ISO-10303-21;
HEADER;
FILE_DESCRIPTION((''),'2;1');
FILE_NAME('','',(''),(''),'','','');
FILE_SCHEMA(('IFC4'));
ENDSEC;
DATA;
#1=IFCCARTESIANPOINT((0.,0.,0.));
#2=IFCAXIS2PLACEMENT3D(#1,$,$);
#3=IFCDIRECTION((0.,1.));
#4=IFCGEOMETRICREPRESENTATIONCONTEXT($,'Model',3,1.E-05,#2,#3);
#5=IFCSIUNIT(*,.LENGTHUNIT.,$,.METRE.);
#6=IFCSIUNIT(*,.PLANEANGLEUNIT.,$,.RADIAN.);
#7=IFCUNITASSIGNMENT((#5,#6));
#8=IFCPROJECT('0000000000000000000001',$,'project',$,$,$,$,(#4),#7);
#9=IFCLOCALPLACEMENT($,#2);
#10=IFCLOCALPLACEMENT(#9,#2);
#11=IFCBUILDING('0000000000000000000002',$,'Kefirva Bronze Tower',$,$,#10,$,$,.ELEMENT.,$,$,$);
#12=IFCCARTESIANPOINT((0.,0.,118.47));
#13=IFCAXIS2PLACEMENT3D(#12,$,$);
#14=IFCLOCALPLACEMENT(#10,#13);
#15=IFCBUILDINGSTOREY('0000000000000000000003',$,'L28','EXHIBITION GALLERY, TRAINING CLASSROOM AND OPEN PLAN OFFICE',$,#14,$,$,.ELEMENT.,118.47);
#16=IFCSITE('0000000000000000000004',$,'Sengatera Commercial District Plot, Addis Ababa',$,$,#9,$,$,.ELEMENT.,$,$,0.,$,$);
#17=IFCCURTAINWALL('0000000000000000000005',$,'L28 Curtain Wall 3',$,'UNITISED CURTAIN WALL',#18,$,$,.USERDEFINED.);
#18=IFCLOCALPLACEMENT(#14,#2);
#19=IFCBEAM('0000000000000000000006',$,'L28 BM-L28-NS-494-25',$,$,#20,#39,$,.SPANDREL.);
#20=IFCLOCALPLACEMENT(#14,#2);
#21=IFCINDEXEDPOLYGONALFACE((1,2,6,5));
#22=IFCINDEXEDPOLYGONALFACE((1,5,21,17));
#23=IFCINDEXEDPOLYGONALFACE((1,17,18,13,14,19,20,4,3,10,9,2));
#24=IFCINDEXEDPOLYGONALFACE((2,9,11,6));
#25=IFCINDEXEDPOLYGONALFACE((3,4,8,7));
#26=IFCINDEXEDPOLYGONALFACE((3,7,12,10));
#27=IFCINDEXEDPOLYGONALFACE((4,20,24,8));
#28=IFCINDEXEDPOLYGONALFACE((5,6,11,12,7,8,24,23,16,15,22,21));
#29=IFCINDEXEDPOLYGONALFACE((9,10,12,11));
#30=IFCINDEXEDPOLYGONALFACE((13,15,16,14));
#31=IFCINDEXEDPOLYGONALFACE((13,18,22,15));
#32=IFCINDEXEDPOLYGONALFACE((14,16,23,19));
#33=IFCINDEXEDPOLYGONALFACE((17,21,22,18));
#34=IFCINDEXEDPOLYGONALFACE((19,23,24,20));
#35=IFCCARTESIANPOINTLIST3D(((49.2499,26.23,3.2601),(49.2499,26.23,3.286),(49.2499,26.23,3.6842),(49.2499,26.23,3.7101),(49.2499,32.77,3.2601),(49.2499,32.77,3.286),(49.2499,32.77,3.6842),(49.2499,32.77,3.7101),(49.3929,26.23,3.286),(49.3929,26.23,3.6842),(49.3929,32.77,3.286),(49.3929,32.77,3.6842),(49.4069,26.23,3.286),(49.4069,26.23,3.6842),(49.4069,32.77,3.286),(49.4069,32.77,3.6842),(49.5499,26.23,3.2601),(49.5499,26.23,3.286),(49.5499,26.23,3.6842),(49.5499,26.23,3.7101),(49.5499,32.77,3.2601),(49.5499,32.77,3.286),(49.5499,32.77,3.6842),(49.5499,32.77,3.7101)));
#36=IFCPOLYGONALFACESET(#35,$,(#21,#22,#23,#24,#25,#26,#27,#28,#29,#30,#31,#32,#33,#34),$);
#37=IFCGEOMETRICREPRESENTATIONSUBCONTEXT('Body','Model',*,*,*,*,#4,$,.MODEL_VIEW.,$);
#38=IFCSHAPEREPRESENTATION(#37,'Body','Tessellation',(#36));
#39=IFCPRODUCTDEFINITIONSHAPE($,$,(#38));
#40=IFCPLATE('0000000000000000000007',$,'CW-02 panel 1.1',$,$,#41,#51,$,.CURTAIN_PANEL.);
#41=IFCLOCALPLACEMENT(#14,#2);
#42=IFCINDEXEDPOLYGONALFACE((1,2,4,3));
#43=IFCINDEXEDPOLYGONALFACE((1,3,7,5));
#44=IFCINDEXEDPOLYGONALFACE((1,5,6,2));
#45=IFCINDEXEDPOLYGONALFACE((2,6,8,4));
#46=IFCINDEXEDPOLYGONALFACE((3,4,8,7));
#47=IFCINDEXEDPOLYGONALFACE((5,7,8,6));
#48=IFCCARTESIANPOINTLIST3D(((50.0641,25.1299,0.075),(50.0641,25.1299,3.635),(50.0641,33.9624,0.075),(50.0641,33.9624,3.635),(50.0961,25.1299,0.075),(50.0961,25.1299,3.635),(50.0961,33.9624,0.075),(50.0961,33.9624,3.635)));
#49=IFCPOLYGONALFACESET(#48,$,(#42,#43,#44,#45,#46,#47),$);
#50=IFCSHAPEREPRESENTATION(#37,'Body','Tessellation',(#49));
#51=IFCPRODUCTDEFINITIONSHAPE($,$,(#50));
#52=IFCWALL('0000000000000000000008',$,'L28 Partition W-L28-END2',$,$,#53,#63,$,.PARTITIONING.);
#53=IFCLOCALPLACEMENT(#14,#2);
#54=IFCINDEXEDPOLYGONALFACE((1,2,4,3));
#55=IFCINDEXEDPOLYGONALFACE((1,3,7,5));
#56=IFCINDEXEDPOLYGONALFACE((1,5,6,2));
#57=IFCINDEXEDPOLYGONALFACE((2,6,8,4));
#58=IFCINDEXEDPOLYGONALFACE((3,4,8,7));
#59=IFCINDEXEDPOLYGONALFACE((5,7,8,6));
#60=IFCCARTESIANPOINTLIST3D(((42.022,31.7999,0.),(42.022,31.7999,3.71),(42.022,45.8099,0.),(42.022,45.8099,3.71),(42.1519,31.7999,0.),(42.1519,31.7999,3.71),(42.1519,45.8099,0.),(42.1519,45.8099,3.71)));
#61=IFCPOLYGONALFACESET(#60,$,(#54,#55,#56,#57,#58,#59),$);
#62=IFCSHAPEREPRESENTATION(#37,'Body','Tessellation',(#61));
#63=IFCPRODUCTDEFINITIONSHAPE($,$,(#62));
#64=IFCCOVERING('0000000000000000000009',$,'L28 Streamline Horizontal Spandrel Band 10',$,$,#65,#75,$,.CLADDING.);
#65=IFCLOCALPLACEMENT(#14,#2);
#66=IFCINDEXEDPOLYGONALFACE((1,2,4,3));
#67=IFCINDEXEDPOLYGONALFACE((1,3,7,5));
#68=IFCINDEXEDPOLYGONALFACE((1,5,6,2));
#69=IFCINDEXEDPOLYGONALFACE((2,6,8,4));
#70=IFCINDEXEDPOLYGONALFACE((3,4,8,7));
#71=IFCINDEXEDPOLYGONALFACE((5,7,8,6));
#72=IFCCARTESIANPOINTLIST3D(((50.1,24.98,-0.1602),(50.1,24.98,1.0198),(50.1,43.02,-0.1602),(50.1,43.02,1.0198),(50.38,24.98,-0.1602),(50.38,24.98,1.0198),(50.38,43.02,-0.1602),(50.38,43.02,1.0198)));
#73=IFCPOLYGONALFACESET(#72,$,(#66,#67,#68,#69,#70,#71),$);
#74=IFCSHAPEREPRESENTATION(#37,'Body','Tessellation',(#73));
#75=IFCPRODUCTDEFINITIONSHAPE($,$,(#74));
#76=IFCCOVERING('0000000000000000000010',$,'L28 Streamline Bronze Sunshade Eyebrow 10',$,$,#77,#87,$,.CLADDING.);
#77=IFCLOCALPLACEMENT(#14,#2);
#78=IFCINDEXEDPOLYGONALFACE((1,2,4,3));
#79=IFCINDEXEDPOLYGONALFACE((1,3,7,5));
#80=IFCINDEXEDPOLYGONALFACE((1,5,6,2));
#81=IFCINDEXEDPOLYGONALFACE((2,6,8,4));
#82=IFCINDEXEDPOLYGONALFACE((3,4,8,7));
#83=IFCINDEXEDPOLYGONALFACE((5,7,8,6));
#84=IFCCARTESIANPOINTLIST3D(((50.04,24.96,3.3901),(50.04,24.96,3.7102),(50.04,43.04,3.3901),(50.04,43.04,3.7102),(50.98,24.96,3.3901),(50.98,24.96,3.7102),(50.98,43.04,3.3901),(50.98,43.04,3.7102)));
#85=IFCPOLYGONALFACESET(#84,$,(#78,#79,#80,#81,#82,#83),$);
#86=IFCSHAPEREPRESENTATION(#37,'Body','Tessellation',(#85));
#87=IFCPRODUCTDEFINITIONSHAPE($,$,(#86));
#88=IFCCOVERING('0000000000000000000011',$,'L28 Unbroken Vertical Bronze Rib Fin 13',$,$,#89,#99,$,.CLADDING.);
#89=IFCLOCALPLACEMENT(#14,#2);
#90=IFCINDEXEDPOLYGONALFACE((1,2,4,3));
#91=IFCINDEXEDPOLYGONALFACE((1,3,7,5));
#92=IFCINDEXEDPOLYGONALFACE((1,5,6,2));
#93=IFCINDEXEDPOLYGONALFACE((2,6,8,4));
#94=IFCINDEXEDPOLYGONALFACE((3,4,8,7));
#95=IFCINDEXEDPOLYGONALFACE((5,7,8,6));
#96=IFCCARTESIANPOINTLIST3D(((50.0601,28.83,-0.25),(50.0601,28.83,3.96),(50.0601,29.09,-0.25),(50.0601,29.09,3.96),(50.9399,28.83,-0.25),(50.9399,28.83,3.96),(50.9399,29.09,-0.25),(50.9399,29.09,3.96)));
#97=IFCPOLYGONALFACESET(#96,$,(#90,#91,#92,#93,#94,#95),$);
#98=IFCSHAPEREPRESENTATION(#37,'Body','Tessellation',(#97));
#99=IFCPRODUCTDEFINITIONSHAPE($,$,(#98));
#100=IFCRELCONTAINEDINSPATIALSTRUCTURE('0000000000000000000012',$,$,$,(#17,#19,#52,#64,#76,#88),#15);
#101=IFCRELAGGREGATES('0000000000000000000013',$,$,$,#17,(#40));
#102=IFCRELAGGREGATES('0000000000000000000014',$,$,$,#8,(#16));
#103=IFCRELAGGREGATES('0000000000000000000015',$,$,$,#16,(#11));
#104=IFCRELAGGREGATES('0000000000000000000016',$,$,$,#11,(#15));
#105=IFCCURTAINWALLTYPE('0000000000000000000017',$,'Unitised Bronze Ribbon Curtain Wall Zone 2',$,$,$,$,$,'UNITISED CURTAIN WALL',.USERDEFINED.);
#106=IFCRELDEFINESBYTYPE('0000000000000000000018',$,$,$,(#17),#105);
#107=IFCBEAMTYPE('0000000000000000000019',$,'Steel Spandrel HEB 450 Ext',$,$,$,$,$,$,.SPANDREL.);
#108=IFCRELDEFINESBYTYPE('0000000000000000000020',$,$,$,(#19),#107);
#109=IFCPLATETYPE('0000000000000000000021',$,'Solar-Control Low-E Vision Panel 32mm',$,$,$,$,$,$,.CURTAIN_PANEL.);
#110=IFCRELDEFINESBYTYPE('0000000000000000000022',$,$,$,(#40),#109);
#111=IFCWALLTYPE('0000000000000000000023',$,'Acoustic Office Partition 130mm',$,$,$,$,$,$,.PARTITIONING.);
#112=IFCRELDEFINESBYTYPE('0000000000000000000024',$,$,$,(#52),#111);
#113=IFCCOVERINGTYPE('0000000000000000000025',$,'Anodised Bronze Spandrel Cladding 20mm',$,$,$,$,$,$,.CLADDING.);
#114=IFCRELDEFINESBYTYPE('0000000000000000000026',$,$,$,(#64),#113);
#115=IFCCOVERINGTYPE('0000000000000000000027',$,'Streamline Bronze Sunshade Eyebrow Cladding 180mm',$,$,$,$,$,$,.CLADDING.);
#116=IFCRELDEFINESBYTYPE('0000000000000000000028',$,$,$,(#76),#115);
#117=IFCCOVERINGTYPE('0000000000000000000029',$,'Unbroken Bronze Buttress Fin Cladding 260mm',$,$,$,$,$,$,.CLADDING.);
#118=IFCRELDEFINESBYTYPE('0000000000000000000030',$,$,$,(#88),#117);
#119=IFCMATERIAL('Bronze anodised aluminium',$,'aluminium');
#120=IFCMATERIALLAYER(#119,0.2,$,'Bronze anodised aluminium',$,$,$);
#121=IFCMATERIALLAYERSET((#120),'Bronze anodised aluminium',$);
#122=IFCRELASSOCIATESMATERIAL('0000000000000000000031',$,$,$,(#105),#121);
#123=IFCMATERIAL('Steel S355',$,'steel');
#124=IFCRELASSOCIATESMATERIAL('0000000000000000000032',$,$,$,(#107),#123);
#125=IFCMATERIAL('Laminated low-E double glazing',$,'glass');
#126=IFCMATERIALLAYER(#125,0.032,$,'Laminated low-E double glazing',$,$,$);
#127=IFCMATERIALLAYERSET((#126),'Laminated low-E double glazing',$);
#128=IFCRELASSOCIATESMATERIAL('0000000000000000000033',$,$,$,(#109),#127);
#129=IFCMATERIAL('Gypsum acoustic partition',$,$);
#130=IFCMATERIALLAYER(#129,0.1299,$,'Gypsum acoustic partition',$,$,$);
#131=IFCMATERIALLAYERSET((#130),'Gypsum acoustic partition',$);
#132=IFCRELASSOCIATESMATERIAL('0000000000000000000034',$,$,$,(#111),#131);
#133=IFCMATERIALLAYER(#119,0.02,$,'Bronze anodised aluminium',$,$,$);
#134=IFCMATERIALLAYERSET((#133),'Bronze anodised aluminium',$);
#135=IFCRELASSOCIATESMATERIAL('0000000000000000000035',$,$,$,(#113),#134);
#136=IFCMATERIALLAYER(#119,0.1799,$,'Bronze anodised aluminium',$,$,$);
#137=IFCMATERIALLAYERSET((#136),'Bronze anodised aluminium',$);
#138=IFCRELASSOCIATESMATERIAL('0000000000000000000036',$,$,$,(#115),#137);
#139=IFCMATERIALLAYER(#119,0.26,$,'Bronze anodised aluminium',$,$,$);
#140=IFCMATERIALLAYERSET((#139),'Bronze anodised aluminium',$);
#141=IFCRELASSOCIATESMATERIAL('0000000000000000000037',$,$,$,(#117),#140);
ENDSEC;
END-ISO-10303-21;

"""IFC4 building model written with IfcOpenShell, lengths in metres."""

from ifc_helpers import new_model, si_unit, direction, frame, frame_2d, origin, origin_2d, place, context, subcontext, project, spatial, rectangle, i_section, extrude, material, layer, layer_set, material_profile, profile_set, type_object, element, aggregate, save


model = new_model("IFC4")

# Units and contexts
model_context = context("Model", 3, precision=1e-05, world=origin(), true_north=direction((0.0, 1.0)))
body_context = subcontext(model_context, "Body", "Model", "MODEL_VIEW")
ifc_project = project(units=[si_unit("LENGTHUNIT", "METRE"), si_unit("PLANEANGLEUNIT", "RADIAN")], contexts=[model_context])

# Site, building, storey
site_placement = place(None, origin())
site = spatial("IfcSite", under=ifc_project, at=site_placement, Name="Sengatera Commercial District Plot, Addis Ababa", CompositionType="ELEMENT", RefElevation=0.0)
building_placement = place(site_placement, origin())
building = spatial("IfcBuilding", under=site, at=building_placement, Name="Kefirva Bronze Tower", CompositionType="ELEMENT")
storey_placement = place(building_placement, frame((0.0, 0.0, 118.47)))
storey = spatial("IfcBuildingStorey", under=building, at=storey_placement, Name="L28", Description="EXHIBITION GALLERY, TRAINING CLASSROOM AND OPEN PLAN OFFICE", CompositionType="ELEMENT", Elevation=118.47)

# Curtain wall
ifc_material_1 = material(Name="Bronze anodised aluminium", Category="aluminium")
ifc_layer_1 = layer(ifc_material_1, 0.2, Name="Bronze anodised aluminium")
ifc_layer_set_1 = layer_set([ifc_layer_1], Name="Bronze anodised aluminium")
curtain_wall_type = type_object("IfcCurtainWallType", Name="Unitised Bronze Ribbon Curtain Wall Zone 2", ElementType="UNITISED CURTAIN WALL", PredefinedType="USERDEFINED", material=ifc_layer_set_1)
curtain_wall_placement = place(storey_placement, origin())
curtain_wall = element("IfcCurtainWall", 1, at=curtain_wall_placement, inside=storey, type_object=curtain_wall_type, Name="L28 Curtain Wall 3", ObjectType="UNITISED CURTAIN WALL", PredefinedType="USERDEFINED")

# Beam
ifc_material_2 = material(Name="Steel S355", Category="steel")
ifc_material_profile_1 = material_profile(ifc_material_2, i_section(OverallWidth=0.3, OverallDepth=0.45, WebThickness=0.0139, FlangeThickness=0.0259, at=origin_2d()), Name="HEB 450")
ifc_profile_set_1 = profile_set([ifc_material_profile_1], Name="Steel S355")
beam_type_1 = type_object("IfcBeamType", Name="Steel Spandrel HEB 450 Ext", PredefinedType="SPANDREL", material=ifc_profile_set_1)
beam_1_placement = place(storey_placement, frame((49.3999, 26.23, 3.4851), z_axis=(0.0, 1.0, 0.0), x_axis=(-1.0, 0.0, 0.0)))
element("IfcBeam", 2, at=beam_1_placement, inside=storey, type_object=beam_type_1, Name="L28 BM-L28-NS-494-25", PredefinedType="SPANDREL", context=body_context, shape_type="SweptSolid", body=[
    extrude(i_section(OverallWidth=0.3, OverallDepth=0.45, WebThickness=0.0139, FlangeThickness=0.0259, at=origin_2d()), origin(), (0.0, 0.0, 1.0), 6.54),
])

# Plate
ifc_material_3 = material(Name="Laminated low-E double glazing", Category="glass")
ifc_layer_2 = layer(ifc_material_3, 0.032, Name="Laminated low-E double glazing")
ifc_layer_set_2 = layer_set([ifc_layer_2], Name="Laminated low-E double glazing")
plate_type = type_object("IfcPlateType", Name="Solar-Control Low-E Vision Panel 32mm", PredefinedType="CURTAIN_PANEL", material=ifc_layer_set_2)
plate_placement = place(storey_placement, frame((50.0801, 29.5461, 0.075), z_axis=(0.0, 0.0, 1.0), x_axis=(0.0, 1.0, 0.0)))
plate = element("IfcPlate", 3, at=plate_placement, type_object=plate_type, Name="CW-02 panel 1.1", PredefinedType="CURTAIN_PANEL", context=body_context, shape_type="SweptSolid", body=[
    extrude(rectangle(XDim=8.8325, YDim=0.032, at=origin_2d()), origin(), (0.0, 0.0, 1.0), 3.5601),
])
aggregate(curtain_wall, [plate])

# Wall
ifc_material_4 = material(Name="Gypsum acoustic partition")
ifc_layer_3 = layer(ifc_material_4, 0.1299, Name="Gypsum acoustic partition")
ifc_layer_set_3 = layer_set([ifc_layer_3], Name="Gypsum acoustic partition")
wall_type = type_object("IfcWallType", Name="Acoustic Office Partition 130mm", PredefinedType="PARTITIONING", material=ifc_layer_set_3)
wall_placement = place(storey_placement, frame((42.0869, 31.8, 0.0), z_axis=(0.0, 0.0, 1.0), x_axis=(0.0, 1.0, 0.0)))
element("IfcWall", 4, at=wall_placement, inside=storey, type_object=wall_type, Name="L28 Partition W-L28-END2", PredefinedType="PARTITIONING", context=body_context, shape_type="SweptSolid", body=[
    extrude(rectangle(XDim=14.01, YDim=0.1299, at=frame_2d((7.0049, 0.0))), origin(), (0.0, 0.0, 1.0), 3.71),
])

# Coverings
ifc_layer_4 = layer(ifc_material_1, 0.02, Name="Bronze anodised aluminium")
ifc_layer_set_4 = layer_set([ifc_layer_4], Name="Bronze anodised aluminium")
covering_type_1 = type_object("IfcCoveringType", Name="Anodised Bronze Spandrel Cladding 20mm", PredefinedType="CLADDING", material=ifc_layer_set_4)
covering_1_placement = place(storey_placement, frame((50.24, 34.0, -0.1602), z_axis=(0.0, 0.0, 1.0), x_axis=(0.0, 1.0, 0.0)))
element("IfcCovering", 5, at=covering_1_placement, inside=storey, type_object=covering_type_1, Name="L28 Streamline Horizontal Spandrel Band 10", PredefinedType="CLADDING", context=body_context, shape_type="SweptSolid", body=[
    extrude(rectangle(XDim=18.04, YDim=0.28, at=origin_2d()), origin(), (0.0, 0.0, 1.0), 1.1799),
])
ifc_layer_5 = layer(ifc_material_1, 0.1799, Name="Bronze anodised aluminium")
ifc_layer_set_5 = layer_set([ifc_layer_5], Name="Bronze anodised aluminium")
covering_type_2 = type_object("IfcCoveringType", Name="Streamline Bronze Sunshade Eyebrow Cladding 180mm", PredefinedType="CLADDING", material=ifc_layer_set_5)
covering_2_placement = place(storey_placement, frame((50.51, 34.0, 3.3901), z_axis=(0.0, 0.0, 1.0), x_axis=(0.0, 1.0, 0.0)))
element("IfcCovering", 6, at=covering_2_placement, inside=storey, type_object=covering_type_2, Name="L28 Streamline Bronze Sunshade Eyebrow 10", PredefinedType="CLADDING", context=body_context, shape_type="SweptSolid", body=[
    extrude(rectangle(XDim=18.0801, YDim=0.9399, at=origin_2d()), origin(), (0.0, 0.0, 1.0), 0.3201),
])
ifc_layer_6 = layer(ifc_material_1, 0.26, Name="Bronze anodised aluminium")
ifc_layer_set_6 = layer_set([ifc_layer_6], Name="Bronze anodised aluminium")
covering_type_3 = type_object("IfcCoveringType", Name="Unbroken Bronze Buttress Fin Cladding 260mm", PredefinedType="CLADDING", material=ifc_layer_set_6)
covering_3_placement = place(storey_placement, frame((50.5, 28.96, -0.25), z_axis=(0.0, 0.0, 1.0), x_axis=(0.0, 1.0, 0.0)))
element("IfcCovering", 7, at=covering_3_placement, inside=storey, type_object=covering_type_3, Name="L28 Unbroken Vertical Bronze Rib Fin 13", PredefinedType="CLADDING", context=body_context, shape_type="SweptSolid", body=[
    extrude(rectangle(XDim=0.26, YDim=0.8799, at=origin_2d()), origin(), (0.0, 0.0, 1.0), 4.21),
])

save(model, "model.ifc")
